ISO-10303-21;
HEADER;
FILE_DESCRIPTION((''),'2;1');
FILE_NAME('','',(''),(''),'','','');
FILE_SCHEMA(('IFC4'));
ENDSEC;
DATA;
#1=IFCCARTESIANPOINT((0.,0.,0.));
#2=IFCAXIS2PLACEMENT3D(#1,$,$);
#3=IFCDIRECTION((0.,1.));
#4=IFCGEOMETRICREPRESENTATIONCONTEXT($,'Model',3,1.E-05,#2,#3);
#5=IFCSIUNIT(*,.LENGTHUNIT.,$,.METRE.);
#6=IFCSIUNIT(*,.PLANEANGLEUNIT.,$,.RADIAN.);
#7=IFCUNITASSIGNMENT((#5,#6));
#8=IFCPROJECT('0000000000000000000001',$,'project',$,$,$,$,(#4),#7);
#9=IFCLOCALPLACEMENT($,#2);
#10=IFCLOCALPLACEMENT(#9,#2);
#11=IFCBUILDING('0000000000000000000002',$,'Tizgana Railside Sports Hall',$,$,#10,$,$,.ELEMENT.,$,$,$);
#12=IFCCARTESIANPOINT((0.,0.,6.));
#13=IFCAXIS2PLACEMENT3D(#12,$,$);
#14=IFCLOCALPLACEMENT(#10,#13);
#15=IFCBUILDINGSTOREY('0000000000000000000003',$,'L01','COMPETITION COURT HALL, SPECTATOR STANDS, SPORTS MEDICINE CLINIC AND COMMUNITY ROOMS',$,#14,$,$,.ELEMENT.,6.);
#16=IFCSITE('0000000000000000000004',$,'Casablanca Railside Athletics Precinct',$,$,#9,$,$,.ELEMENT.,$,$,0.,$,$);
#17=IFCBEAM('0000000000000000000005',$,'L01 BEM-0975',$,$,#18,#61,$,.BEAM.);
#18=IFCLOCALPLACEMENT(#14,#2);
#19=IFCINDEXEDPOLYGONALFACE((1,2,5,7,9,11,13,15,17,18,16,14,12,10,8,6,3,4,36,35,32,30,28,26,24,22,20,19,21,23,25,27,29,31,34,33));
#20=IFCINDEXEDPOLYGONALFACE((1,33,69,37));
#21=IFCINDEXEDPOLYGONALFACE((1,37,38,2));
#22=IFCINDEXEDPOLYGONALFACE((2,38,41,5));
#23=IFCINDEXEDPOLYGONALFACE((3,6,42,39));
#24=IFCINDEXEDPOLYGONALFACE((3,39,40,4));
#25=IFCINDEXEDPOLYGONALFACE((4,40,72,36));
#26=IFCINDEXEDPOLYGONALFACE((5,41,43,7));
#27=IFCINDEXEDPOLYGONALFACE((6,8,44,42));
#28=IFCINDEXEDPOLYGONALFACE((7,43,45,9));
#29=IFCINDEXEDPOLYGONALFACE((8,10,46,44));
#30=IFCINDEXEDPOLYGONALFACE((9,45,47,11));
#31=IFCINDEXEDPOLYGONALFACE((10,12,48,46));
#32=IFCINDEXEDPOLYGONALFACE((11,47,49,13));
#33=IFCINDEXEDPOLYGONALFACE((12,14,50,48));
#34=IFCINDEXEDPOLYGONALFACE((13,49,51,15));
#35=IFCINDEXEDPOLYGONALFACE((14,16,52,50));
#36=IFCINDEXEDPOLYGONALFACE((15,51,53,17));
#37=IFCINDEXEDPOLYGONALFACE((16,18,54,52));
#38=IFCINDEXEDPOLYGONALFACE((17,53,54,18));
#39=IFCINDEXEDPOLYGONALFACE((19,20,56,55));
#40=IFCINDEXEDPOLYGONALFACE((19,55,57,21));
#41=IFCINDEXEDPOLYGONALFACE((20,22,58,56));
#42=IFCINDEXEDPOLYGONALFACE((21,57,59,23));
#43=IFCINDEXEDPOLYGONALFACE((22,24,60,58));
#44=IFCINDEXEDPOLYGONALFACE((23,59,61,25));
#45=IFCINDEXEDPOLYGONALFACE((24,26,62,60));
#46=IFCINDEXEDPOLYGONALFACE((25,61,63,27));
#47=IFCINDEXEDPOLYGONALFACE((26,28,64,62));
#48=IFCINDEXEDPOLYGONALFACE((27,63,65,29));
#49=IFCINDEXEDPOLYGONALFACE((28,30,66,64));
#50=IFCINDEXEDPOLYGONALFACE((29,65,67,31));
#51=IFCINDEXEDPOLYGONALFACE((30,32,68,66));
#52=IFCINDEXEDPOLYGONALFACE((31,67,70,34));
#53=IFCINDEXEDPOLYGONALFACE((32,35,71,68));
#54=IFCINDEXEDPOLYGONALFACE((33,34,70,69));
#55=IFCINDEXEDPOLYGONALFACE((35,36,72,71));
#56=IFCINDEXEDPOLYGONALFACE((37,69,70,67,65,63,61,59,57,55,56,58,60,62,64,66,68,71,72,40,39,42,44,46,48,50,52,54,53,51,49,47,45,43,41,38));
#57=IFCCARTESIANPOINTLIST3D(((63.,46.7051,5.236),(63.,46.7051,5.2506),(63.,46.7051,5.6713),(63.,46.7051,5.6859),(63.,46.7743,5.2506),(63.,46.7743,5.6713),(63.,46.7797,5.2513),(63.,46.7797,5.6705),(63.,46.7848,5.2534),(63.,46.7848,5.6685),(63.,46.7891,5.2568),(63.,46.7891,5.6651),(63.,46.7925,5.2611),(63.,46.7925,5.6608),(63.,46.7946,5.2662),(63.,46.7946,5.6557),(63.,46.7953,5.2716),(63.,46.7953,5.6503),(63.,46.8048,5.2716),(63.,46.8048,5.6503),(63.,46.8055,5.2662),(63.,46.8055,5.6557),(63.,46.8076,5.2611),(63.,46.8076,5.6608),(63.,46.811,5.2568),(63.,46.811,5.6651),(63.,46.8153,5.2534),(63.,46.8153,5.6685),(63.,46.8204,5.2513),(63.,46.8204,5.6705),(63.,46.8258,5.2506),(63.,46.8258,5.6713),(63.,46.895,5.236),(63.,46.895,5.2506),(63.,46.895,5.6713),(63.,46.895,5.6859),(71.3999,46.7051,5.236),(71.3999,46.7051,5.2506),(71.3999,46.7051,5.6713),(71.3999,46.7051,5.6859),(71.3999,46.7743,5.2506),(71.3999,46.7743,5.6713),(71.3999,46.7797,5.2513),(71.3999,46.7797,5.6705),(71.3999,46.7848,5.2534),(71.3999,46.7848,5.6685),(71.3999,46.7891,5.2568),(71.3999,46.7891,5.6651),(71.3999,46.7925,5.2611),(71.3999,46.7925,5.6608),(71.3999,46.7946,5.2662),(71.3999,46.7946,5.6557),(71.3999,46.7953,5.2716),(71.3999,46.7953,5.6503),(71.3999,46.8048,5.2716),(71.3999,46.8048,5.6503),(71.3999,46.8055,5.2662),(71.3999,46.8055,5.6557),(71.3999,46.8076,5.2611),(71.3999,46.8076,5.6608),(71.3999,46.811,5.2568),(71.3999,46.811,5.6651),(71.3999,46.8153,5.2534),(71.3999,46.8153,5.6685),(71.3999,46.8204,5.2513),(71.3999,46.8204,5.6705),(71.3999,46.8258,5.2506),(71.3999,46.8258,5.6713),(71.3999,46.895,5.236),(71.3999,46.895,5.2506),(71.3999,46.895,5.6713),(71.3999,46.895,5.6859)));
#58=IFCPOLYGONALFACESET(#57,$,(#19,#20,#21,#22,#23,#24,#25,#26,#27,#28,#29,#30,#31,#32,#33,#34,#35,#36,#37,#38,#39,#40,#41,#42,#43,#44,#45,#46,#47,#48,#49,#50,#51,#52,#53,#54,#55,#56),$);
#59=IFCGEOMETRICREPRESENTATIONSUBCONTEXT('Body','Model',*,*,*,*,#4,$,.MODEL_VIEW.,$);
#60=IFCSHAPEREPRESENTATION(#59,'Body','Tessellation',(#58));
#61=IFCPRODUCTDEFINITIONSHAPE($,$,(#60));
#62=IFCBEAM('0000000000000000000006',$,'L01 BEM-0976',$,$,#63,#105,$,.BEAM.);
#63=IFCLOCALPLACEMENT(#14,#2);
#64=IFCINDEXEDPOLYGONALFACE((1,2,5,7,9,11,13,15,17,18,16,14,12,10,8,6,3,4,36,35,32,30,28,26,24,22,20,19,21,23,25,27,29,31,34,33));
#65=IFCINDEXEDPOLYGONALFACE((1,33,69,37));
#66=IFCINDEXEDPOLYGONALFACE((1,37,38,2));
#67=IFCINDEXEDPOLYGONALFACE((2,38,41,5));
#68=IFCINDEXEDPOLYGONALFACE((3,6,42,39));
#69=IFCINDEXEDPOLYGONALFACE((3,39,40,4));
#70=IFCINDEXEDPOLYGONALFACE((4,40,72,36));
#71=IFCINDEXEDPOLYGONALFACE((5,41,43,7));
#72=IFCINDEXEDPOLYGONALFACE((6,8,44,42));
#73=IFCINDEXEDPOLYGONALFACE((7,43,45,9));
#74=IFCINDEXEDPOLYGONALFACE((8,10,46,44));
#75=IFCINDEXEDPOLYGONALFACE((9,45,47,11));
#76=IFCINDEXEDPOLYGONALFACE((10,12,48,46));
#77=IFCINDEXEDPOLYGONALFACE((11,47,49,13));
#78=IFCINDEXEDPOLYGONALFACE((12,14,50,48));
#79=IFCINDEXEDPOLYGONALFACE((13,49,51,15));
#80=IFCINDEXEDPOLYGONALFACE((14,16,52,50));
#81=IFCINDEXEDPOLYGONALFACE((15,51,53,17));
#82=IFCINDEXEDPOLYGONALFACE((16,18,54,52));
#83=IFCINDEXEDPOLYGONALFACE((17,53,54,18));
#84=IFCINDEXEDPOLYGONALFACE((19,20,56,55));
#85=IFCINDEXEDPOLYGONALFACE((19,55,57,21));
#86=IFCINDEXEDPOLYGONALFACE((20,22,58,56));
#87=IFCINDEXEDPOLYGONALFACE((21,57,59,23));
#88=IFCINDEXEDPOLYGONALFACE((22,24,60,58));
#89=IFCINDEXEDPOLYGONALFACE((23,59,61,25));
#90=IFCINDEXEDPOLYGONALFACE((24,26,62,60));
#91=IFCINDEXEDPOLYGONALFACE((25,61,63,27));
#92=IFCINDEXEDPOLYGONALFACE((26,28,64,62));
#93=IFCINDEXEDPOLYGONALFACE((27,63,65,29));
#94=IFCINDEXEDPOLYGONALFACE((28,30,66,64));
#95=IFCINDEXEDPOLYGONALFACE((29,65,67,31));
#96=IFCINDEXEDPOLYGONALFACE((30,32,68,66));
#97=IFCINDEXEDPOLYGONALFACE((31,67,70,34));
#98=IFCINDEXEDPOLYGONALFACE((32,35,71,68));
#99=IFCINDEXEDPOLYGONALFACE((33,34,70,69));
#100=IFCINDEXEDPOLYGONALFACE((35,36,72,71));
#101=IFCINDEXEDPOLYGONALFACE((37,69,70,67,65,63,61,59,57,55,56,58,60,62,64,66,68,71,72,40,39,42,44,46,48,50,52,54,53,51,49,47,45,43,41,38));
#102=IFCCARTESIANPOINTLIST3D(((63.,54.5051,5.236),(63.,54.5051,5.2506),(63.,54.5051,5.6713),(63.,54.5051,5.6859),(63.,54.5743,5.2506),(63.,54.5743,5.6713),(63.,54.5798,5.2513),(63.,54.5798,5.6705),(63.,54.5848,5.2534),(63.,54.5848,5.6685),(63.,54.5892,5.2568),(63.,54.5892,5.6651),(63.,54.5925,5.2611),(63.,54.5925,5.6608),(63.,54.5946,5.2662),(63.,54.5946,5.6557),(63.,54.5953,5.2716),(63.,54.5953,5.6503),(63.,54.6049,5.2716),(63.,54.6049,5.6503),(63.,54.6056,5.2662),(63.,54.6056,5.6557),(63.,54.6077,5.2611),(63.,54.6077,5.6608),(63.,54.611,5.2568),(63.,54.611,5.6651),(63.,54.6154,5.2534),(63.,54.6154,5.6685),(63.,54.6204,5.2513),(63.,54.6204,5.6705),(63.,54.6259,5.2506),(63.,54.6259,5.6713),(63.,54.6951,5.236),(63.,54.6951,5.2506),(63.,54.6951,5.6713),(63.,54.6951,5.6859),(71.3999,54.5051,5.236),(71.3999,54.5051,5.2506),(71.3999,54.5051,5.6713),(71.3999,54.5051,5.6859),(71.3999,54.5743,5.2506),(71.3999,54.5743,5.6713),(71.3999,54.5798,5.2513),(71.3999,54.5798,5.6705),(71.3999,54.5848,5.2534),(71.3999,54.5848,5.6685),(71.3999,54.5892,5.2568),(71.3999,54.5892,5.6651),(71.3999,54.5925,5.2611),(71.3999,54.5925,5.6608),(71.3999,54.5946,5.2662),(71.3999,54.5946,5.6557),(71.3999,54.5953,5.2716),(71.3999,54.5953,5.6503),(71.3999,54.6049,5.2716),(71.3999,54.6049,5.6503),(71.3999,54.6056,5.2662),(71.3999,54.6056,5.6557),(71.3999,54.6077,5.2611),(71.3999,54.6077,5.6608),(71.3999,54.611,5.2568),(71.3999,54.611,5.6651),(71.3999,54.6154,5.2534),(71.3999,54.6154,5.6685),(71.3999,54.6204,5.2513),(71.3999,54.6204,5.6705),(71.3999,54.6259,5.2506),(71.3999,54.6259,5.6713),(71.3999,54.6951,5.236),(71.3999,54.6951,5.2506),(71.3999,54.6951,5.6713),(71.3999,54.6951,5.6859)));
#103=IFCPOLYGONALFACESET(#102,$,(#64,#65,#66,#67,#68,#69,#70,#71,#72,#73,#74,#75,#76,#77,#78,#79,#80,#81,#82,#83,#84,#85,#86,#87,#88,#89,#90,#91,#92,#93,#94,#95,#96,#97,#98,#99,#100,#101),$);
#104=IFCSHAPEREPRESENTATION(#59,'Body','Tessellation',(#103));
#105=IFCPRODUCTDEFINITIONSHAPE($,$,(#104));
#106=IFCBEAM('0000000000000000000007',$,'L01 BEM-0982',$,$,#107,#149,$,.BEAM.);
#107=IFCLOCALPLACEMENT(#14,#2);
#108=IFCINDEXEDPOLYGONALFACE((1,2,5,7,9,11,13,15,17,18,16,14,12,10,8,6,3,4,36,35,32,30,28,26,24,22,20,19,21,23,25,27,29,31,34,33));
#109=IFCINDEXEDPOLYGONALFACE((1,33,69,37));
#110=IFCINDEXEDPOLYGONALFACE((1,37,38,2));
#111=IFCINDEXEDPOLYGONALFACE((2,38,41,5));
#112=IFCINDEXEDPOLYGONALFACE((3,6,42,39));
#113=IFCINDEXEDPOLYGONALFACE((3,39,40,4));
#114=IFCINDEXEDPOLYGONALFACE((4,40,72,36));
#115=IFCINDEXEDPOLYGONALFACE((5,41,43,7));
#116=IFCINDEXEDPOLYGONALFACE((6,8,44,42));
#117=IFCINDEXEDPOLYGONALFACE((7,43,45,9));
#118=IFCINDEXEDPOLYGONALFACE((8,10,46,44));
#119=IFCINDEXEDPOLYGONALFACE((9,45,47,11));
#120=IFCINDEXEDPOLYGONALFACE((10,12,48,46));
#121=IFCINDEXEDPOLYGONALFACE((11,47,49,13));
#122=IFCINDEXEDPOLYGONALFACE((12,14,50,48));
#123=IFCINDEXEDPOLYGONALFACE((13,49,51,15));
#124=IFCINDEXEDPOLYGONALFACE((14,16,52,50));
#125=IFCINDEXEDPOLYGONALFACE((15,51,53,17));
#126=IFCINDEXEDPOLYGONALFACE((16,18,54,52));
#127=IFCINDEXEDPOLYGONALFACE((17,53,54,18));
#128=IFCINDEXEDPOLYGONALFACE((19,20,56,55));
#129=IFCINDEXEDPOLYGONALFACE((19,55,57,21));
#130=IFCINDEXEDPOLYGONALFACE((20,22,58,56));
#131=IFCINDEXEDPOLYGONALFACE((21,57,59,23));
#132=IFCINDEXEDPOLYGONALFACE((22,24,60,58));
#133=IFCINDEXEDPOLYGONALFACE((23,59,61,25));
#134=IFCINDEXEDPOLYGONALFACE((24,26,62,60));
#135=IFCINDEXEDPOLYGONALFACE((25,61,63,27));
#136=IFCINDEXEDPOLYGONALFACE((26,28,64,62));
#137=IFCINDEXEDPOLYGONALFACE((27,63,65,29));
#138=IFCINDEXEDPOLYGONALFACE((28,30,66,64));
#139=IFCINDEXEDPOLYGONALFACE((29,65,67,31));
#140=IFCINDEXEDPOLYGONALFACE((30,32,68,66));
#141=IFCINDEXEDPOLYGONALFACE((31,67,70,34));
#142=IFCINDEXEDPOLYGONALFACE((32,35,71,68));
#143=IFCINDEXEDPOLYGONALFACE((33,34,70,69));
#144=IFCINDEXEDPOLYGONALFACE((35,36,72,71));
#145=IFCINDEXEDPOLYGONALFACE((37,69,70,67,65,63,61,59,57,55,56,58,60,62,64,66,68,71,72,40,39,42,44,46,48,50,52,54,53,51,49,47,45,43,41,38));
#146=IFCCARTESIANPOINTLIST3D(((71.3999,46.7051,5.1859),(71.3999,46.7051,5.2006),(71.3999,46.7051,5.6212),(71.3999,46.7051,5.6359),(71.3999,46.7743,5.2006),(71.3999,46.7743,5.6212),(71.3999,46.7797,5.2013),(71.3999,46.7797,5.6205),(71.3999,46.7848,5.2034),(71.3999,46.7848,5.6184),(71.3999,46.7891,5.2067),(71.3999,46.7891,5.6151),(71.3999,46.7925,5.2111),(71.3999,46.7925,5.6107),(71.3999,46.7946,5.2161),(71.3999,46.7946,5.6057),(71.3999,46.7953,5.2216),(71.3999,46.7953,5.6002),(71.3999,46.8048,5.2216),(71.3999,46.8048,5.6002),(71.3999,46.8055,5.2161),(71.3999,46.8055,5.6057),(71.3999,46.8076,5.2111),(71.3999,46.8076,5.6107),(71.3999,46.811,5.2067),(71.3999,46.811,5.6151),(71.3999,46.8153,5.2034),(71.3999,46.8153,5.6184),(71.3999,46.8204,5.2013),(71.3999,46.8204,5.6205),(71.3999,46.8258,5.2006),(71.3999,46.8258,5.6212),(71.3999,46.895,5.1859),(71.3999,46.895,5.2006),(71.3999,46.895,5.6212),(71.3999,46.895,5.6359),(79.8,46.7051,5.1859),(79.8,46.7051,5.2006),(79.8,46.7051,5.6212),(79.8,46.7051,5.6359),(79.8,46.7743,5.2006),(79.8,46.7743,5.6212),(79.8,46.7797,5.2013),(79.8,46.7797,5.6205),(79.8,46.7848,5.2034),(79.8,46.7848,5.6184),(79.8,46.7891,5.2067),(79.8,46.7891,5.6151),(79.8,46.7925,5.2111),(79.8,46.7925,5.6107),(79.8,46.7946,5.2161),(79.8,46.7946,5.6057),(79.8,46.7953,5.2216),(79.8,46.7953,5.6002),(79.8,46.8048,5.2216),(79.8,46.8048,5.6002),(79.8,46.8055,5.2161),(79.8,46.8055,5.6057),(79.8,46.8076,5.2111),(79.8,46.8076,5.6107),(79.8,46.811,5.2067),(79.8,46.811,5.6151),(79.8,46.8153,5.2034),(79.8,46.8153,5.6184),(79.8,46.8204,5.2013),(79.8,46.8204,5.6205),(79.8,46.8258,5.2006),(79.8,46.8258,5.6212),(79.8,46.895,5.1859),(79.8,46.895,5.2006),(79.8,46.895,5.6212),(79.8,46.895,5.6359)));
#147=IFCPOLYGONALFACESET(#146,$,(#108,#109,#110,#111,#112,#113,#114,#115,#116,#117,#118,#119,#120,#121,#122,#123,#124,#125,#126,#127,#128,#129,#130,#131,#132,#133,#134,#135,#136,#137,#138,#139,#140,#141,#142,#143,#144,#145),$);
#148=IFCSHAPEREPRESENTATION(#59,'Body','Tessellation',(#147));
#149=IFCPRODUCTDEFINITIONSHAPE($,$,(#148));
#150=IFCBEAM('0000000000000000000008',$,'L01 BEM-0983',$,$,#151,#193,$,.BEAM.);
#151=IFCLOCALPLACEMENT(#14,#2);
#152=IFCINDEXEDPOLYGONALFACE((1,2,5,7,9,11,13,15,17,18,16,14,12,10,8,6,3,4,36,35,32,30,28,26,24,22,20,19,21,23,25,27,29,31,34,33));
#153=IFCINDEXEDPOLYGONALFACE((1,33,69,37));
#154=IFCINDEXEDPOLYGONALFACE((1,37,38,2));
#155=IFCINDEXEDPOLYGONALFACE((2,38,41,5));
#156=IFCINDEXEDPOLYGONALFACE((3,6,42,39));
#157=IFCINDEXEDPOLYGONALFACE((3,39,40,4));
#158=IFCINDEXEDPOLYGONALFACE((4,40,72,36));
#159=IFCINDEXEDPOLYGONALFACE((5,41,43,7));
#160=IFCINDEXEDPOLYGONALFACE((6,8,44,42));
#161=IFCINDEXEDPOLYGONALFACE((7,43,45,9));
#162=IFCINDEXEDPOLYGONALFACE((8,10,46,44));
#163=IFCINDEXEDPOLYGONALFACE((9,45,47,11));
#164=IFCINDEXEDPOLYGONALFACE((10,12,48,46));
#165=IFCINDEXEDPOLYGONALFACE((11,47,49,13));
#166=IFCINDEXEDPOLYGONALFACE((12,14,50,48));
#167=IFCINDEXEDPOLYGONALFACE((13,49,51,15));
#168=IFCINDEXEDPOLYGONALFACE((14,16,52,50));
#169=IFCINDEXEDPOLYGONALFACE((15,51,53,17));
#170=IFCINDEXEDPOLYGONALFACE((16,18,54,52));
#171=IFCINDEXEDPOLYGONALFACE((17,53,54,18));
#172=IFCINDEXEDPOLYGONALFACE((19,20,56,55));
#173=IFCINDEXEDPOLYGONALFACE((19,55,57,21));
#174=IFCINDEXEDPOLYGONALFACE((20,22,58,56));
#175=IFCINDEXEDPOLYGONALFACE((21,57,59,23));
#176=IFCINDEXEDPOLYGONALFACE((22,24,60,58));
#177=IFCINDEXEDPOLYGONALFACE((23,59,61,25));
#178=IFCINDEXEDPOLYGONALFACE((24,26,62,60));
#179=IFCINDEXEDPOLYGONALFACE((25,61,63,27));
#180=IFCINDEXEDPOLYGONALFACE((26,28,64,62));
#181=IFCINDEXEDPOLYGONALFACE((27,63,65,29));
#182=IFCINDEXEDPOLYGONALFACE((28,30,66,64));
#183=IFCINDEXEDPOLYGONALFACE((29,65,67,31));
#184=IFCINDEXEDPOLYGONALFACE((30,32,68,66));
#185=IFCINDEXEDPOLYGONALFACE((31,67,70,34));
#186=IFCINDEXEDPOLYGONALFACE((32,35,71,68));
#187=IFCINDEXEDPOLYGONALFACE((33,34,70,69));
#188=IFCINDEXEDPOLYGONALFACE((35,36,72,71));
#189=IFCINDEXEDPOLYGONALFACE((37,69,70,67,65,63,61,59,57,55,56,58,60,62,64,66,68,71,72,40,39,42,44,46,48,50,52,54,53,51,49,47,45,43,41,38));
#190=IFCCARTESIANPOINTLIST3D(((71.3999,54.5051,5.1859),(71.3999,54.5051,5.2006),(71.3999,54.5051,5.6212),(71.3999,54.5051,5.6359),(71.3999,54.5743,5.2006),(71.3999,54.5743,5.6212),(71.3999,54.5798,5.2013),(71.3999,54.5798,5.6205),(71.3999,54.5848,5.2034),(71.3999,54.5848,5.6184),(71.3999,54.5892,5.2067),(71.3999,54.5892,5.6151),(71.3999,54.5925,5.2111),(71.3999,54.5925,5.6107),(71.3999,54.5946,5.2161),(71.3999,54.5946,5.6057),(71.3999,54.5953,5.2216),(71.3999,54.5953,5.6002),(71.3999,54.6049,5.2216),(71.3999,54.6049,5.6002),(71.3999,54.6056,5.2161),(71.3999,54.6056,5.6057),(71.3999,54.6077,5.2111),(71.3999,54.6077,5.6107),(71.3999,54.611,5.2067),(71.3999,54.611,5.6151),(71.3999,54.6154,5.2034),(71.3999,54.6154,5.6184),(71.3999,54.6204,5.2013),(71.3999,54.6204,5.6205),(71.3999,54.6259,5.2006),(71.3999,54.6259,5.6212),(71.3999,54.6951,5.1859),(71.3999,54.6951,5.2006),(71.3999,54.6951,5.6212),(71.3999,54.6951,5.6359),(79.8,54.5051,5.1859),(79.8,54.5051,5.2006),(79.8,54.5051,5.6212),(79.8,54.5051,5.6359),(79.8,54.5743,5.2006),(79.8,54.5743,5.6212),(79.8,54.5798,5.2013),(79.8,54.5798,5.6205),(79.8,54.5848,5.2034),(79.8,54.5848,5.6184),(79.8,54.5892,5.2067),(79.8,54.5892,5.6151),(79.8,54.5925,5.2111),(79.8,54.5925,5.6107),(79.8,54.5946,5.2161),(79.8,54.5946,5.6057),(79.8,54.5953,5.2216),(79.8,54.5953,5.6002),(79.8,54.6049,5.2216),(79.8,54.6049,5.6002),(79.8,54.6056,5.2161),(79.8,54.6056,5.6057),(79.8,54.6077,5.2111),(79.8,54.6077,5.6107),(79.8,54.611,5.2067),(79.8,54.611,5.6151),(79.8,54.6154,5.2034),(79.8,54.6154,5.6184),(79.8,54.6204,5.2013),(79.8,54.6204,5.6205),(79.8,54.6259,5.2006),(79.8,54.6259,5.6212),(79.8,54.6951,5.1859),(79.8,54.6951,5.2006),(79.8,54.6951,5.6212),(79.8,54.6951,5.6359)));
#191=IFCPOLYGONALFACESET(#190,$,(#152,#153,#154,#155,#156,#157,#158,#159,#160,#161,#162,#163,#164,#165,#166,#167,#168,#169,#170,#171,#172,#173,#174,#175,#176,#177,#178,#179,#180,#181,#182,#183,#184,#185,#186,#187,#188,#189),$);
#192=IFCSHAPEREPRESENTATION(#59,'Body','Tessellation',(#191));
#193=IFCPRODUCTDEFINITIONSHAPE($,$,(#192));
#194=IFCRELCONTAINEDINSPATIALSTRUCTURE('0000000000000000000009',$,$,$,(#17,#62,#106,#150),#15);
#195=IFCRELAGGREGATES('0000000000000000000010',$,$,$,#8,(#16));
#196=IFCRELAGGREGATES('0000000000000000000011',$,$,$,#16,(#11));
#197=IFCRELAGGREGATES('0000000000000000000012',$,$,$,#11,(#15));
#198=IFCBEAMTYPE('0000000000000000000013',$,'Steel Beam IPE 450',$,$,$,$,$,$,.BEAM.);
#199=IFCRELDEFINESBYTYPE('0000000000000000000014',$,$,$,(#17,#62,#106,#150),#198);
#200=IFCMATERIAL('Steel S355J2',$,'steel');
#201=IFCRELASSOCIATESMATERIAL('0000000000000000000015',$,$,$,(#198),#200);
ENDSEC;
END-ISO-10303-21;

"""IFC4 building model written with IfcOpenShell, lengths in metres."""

from ifc_helpers import new_model, si_unit, direction, frame, origin, origin_2d, place, context, subcontext, project, spatial, i_section, extrude, material, material_profile, profile_set, type_object, element, save


model = new_model("IFC4")

# Units and contexts
model_context = context("Model", 3, precision=1e-05, world=origin(), true_north=direction((0.0, 1.0)))
body_context = subcontext(model_context, "Body", "Model", "MODEL_VIEW")
ifc_project = project(units=[si_unit("LENGTHUNIT", "METRE"), si_unit("PLANEANGLEUNIT", "RADIAN")], contexts=[model_context])

# Site, building, storey
site_placement = place(None, origin())
site = spatial("IfcSite", under=ifc_project, at=site_placement, Name="Casablanca Railside Athletics Precinct", CompositionType="ELEMENT", RefElevation=0.0)
building_placement = place(site_placement, origin())
building = spatial("IfcBuilding", under=site, at=building_placement, Name="Tizgana Railside Sports Hall", CompositionType="ELEMENT")
storey_placement = place(building_placement, frame((0.0, 0.0, 6.0)))
storey = spatial("IfcBuildingStorey", under=building, at=storey_placement, Name="L01", Description="COMPETITION COURT HALL, SPECTATOR STANDS, SPORTS MEDICINE CLINIC AND COMMUNITY ROOMS", CompositionType="ELEMENT", Elevation=6.0)

# Shared definitions
ifc_material_1 = material(Name="Steel S355J2", Category="steel")

# Beams
ifc_material_profile_1 = material_profile(ifc_material_1, i_section(OverallWidth=0.1899, OverallDepth=0.45, WebThickness=0.0095, FlangeThickness=0.0146, FilletRadius=0.021, at=origin_2d()), Name="IPE 450")
ifc_profile_set_1 = profile_set([ifc_material_profile_1], Name="Steel S355J2")
beam_type_1 = type_object("IfcBeamType", Name="Steel Beam IPE 450", PredefinedType="BEAM", material=ifc_profile_set_1)
for number, where, z_axis, x_axis, name in (
    (1, (63.0, 46.8, 5.4609), (1.0, 0.0, 0.0), (0.0, 1.0, 0.0), "L01 BEM-0975"),
    (2, (63.0, 54.6001, 5.4609), (1.0, 0.0, 0.0), (0.0, 1.0, 0.0), "L01 BEM-0976"),
):
    element("IfcBeam", number, at=place(storey_placement, frame(where, z_axis=z_axis, x_axis=x_axis)), inside=storey, type_object=beam_type_1, Name=name, PredefinedType="BEAM", context=body_context, shape_type="SweptSolid", body=[
        extrude(i_section(OverallWidth=0.1899, OverallDepth=0.45, WebThickness=0.0095, FlangeThickness=0.0146, FilletRadius=0.021, at=origin_2d()), origin(), (0.0, 0.0, 1.0), 8.3999),
    ])
for number, where, z_axis, x_axis, name in (
    (3, (71.3999, 46.8, 5.4109), (1.0, 0.0, 0.0), (0.0, 1.0, 0.0), "L01 BEM-0982"),
    (4, (71.3999, 54.6001, 5.4109), (1.0, 0.0, 0.0), (0.0, 1.0, 0.0), "L01 BEM-0983"),
):
    element("IfcBeam", number, at=place(storey_placement, frame(where, z_axis=z_axis, x_axis=x_axis)), inside=storey, type_object=beam_type_1, Name=name, PredefinedType="BEAM", context=body_context, shape_type="SweptSolid", body=[
        extrude(i_section(OverallWidth=0.1899, OverallDepth=0.45, WebThickness=0.0095, FlangeThickness=0.0146, FilletRadius=0.021, at=origin_2d()), origin(), (0.0, 0.0, 1.0), 8.4001),
    ])

save(model, "model.ifc")
